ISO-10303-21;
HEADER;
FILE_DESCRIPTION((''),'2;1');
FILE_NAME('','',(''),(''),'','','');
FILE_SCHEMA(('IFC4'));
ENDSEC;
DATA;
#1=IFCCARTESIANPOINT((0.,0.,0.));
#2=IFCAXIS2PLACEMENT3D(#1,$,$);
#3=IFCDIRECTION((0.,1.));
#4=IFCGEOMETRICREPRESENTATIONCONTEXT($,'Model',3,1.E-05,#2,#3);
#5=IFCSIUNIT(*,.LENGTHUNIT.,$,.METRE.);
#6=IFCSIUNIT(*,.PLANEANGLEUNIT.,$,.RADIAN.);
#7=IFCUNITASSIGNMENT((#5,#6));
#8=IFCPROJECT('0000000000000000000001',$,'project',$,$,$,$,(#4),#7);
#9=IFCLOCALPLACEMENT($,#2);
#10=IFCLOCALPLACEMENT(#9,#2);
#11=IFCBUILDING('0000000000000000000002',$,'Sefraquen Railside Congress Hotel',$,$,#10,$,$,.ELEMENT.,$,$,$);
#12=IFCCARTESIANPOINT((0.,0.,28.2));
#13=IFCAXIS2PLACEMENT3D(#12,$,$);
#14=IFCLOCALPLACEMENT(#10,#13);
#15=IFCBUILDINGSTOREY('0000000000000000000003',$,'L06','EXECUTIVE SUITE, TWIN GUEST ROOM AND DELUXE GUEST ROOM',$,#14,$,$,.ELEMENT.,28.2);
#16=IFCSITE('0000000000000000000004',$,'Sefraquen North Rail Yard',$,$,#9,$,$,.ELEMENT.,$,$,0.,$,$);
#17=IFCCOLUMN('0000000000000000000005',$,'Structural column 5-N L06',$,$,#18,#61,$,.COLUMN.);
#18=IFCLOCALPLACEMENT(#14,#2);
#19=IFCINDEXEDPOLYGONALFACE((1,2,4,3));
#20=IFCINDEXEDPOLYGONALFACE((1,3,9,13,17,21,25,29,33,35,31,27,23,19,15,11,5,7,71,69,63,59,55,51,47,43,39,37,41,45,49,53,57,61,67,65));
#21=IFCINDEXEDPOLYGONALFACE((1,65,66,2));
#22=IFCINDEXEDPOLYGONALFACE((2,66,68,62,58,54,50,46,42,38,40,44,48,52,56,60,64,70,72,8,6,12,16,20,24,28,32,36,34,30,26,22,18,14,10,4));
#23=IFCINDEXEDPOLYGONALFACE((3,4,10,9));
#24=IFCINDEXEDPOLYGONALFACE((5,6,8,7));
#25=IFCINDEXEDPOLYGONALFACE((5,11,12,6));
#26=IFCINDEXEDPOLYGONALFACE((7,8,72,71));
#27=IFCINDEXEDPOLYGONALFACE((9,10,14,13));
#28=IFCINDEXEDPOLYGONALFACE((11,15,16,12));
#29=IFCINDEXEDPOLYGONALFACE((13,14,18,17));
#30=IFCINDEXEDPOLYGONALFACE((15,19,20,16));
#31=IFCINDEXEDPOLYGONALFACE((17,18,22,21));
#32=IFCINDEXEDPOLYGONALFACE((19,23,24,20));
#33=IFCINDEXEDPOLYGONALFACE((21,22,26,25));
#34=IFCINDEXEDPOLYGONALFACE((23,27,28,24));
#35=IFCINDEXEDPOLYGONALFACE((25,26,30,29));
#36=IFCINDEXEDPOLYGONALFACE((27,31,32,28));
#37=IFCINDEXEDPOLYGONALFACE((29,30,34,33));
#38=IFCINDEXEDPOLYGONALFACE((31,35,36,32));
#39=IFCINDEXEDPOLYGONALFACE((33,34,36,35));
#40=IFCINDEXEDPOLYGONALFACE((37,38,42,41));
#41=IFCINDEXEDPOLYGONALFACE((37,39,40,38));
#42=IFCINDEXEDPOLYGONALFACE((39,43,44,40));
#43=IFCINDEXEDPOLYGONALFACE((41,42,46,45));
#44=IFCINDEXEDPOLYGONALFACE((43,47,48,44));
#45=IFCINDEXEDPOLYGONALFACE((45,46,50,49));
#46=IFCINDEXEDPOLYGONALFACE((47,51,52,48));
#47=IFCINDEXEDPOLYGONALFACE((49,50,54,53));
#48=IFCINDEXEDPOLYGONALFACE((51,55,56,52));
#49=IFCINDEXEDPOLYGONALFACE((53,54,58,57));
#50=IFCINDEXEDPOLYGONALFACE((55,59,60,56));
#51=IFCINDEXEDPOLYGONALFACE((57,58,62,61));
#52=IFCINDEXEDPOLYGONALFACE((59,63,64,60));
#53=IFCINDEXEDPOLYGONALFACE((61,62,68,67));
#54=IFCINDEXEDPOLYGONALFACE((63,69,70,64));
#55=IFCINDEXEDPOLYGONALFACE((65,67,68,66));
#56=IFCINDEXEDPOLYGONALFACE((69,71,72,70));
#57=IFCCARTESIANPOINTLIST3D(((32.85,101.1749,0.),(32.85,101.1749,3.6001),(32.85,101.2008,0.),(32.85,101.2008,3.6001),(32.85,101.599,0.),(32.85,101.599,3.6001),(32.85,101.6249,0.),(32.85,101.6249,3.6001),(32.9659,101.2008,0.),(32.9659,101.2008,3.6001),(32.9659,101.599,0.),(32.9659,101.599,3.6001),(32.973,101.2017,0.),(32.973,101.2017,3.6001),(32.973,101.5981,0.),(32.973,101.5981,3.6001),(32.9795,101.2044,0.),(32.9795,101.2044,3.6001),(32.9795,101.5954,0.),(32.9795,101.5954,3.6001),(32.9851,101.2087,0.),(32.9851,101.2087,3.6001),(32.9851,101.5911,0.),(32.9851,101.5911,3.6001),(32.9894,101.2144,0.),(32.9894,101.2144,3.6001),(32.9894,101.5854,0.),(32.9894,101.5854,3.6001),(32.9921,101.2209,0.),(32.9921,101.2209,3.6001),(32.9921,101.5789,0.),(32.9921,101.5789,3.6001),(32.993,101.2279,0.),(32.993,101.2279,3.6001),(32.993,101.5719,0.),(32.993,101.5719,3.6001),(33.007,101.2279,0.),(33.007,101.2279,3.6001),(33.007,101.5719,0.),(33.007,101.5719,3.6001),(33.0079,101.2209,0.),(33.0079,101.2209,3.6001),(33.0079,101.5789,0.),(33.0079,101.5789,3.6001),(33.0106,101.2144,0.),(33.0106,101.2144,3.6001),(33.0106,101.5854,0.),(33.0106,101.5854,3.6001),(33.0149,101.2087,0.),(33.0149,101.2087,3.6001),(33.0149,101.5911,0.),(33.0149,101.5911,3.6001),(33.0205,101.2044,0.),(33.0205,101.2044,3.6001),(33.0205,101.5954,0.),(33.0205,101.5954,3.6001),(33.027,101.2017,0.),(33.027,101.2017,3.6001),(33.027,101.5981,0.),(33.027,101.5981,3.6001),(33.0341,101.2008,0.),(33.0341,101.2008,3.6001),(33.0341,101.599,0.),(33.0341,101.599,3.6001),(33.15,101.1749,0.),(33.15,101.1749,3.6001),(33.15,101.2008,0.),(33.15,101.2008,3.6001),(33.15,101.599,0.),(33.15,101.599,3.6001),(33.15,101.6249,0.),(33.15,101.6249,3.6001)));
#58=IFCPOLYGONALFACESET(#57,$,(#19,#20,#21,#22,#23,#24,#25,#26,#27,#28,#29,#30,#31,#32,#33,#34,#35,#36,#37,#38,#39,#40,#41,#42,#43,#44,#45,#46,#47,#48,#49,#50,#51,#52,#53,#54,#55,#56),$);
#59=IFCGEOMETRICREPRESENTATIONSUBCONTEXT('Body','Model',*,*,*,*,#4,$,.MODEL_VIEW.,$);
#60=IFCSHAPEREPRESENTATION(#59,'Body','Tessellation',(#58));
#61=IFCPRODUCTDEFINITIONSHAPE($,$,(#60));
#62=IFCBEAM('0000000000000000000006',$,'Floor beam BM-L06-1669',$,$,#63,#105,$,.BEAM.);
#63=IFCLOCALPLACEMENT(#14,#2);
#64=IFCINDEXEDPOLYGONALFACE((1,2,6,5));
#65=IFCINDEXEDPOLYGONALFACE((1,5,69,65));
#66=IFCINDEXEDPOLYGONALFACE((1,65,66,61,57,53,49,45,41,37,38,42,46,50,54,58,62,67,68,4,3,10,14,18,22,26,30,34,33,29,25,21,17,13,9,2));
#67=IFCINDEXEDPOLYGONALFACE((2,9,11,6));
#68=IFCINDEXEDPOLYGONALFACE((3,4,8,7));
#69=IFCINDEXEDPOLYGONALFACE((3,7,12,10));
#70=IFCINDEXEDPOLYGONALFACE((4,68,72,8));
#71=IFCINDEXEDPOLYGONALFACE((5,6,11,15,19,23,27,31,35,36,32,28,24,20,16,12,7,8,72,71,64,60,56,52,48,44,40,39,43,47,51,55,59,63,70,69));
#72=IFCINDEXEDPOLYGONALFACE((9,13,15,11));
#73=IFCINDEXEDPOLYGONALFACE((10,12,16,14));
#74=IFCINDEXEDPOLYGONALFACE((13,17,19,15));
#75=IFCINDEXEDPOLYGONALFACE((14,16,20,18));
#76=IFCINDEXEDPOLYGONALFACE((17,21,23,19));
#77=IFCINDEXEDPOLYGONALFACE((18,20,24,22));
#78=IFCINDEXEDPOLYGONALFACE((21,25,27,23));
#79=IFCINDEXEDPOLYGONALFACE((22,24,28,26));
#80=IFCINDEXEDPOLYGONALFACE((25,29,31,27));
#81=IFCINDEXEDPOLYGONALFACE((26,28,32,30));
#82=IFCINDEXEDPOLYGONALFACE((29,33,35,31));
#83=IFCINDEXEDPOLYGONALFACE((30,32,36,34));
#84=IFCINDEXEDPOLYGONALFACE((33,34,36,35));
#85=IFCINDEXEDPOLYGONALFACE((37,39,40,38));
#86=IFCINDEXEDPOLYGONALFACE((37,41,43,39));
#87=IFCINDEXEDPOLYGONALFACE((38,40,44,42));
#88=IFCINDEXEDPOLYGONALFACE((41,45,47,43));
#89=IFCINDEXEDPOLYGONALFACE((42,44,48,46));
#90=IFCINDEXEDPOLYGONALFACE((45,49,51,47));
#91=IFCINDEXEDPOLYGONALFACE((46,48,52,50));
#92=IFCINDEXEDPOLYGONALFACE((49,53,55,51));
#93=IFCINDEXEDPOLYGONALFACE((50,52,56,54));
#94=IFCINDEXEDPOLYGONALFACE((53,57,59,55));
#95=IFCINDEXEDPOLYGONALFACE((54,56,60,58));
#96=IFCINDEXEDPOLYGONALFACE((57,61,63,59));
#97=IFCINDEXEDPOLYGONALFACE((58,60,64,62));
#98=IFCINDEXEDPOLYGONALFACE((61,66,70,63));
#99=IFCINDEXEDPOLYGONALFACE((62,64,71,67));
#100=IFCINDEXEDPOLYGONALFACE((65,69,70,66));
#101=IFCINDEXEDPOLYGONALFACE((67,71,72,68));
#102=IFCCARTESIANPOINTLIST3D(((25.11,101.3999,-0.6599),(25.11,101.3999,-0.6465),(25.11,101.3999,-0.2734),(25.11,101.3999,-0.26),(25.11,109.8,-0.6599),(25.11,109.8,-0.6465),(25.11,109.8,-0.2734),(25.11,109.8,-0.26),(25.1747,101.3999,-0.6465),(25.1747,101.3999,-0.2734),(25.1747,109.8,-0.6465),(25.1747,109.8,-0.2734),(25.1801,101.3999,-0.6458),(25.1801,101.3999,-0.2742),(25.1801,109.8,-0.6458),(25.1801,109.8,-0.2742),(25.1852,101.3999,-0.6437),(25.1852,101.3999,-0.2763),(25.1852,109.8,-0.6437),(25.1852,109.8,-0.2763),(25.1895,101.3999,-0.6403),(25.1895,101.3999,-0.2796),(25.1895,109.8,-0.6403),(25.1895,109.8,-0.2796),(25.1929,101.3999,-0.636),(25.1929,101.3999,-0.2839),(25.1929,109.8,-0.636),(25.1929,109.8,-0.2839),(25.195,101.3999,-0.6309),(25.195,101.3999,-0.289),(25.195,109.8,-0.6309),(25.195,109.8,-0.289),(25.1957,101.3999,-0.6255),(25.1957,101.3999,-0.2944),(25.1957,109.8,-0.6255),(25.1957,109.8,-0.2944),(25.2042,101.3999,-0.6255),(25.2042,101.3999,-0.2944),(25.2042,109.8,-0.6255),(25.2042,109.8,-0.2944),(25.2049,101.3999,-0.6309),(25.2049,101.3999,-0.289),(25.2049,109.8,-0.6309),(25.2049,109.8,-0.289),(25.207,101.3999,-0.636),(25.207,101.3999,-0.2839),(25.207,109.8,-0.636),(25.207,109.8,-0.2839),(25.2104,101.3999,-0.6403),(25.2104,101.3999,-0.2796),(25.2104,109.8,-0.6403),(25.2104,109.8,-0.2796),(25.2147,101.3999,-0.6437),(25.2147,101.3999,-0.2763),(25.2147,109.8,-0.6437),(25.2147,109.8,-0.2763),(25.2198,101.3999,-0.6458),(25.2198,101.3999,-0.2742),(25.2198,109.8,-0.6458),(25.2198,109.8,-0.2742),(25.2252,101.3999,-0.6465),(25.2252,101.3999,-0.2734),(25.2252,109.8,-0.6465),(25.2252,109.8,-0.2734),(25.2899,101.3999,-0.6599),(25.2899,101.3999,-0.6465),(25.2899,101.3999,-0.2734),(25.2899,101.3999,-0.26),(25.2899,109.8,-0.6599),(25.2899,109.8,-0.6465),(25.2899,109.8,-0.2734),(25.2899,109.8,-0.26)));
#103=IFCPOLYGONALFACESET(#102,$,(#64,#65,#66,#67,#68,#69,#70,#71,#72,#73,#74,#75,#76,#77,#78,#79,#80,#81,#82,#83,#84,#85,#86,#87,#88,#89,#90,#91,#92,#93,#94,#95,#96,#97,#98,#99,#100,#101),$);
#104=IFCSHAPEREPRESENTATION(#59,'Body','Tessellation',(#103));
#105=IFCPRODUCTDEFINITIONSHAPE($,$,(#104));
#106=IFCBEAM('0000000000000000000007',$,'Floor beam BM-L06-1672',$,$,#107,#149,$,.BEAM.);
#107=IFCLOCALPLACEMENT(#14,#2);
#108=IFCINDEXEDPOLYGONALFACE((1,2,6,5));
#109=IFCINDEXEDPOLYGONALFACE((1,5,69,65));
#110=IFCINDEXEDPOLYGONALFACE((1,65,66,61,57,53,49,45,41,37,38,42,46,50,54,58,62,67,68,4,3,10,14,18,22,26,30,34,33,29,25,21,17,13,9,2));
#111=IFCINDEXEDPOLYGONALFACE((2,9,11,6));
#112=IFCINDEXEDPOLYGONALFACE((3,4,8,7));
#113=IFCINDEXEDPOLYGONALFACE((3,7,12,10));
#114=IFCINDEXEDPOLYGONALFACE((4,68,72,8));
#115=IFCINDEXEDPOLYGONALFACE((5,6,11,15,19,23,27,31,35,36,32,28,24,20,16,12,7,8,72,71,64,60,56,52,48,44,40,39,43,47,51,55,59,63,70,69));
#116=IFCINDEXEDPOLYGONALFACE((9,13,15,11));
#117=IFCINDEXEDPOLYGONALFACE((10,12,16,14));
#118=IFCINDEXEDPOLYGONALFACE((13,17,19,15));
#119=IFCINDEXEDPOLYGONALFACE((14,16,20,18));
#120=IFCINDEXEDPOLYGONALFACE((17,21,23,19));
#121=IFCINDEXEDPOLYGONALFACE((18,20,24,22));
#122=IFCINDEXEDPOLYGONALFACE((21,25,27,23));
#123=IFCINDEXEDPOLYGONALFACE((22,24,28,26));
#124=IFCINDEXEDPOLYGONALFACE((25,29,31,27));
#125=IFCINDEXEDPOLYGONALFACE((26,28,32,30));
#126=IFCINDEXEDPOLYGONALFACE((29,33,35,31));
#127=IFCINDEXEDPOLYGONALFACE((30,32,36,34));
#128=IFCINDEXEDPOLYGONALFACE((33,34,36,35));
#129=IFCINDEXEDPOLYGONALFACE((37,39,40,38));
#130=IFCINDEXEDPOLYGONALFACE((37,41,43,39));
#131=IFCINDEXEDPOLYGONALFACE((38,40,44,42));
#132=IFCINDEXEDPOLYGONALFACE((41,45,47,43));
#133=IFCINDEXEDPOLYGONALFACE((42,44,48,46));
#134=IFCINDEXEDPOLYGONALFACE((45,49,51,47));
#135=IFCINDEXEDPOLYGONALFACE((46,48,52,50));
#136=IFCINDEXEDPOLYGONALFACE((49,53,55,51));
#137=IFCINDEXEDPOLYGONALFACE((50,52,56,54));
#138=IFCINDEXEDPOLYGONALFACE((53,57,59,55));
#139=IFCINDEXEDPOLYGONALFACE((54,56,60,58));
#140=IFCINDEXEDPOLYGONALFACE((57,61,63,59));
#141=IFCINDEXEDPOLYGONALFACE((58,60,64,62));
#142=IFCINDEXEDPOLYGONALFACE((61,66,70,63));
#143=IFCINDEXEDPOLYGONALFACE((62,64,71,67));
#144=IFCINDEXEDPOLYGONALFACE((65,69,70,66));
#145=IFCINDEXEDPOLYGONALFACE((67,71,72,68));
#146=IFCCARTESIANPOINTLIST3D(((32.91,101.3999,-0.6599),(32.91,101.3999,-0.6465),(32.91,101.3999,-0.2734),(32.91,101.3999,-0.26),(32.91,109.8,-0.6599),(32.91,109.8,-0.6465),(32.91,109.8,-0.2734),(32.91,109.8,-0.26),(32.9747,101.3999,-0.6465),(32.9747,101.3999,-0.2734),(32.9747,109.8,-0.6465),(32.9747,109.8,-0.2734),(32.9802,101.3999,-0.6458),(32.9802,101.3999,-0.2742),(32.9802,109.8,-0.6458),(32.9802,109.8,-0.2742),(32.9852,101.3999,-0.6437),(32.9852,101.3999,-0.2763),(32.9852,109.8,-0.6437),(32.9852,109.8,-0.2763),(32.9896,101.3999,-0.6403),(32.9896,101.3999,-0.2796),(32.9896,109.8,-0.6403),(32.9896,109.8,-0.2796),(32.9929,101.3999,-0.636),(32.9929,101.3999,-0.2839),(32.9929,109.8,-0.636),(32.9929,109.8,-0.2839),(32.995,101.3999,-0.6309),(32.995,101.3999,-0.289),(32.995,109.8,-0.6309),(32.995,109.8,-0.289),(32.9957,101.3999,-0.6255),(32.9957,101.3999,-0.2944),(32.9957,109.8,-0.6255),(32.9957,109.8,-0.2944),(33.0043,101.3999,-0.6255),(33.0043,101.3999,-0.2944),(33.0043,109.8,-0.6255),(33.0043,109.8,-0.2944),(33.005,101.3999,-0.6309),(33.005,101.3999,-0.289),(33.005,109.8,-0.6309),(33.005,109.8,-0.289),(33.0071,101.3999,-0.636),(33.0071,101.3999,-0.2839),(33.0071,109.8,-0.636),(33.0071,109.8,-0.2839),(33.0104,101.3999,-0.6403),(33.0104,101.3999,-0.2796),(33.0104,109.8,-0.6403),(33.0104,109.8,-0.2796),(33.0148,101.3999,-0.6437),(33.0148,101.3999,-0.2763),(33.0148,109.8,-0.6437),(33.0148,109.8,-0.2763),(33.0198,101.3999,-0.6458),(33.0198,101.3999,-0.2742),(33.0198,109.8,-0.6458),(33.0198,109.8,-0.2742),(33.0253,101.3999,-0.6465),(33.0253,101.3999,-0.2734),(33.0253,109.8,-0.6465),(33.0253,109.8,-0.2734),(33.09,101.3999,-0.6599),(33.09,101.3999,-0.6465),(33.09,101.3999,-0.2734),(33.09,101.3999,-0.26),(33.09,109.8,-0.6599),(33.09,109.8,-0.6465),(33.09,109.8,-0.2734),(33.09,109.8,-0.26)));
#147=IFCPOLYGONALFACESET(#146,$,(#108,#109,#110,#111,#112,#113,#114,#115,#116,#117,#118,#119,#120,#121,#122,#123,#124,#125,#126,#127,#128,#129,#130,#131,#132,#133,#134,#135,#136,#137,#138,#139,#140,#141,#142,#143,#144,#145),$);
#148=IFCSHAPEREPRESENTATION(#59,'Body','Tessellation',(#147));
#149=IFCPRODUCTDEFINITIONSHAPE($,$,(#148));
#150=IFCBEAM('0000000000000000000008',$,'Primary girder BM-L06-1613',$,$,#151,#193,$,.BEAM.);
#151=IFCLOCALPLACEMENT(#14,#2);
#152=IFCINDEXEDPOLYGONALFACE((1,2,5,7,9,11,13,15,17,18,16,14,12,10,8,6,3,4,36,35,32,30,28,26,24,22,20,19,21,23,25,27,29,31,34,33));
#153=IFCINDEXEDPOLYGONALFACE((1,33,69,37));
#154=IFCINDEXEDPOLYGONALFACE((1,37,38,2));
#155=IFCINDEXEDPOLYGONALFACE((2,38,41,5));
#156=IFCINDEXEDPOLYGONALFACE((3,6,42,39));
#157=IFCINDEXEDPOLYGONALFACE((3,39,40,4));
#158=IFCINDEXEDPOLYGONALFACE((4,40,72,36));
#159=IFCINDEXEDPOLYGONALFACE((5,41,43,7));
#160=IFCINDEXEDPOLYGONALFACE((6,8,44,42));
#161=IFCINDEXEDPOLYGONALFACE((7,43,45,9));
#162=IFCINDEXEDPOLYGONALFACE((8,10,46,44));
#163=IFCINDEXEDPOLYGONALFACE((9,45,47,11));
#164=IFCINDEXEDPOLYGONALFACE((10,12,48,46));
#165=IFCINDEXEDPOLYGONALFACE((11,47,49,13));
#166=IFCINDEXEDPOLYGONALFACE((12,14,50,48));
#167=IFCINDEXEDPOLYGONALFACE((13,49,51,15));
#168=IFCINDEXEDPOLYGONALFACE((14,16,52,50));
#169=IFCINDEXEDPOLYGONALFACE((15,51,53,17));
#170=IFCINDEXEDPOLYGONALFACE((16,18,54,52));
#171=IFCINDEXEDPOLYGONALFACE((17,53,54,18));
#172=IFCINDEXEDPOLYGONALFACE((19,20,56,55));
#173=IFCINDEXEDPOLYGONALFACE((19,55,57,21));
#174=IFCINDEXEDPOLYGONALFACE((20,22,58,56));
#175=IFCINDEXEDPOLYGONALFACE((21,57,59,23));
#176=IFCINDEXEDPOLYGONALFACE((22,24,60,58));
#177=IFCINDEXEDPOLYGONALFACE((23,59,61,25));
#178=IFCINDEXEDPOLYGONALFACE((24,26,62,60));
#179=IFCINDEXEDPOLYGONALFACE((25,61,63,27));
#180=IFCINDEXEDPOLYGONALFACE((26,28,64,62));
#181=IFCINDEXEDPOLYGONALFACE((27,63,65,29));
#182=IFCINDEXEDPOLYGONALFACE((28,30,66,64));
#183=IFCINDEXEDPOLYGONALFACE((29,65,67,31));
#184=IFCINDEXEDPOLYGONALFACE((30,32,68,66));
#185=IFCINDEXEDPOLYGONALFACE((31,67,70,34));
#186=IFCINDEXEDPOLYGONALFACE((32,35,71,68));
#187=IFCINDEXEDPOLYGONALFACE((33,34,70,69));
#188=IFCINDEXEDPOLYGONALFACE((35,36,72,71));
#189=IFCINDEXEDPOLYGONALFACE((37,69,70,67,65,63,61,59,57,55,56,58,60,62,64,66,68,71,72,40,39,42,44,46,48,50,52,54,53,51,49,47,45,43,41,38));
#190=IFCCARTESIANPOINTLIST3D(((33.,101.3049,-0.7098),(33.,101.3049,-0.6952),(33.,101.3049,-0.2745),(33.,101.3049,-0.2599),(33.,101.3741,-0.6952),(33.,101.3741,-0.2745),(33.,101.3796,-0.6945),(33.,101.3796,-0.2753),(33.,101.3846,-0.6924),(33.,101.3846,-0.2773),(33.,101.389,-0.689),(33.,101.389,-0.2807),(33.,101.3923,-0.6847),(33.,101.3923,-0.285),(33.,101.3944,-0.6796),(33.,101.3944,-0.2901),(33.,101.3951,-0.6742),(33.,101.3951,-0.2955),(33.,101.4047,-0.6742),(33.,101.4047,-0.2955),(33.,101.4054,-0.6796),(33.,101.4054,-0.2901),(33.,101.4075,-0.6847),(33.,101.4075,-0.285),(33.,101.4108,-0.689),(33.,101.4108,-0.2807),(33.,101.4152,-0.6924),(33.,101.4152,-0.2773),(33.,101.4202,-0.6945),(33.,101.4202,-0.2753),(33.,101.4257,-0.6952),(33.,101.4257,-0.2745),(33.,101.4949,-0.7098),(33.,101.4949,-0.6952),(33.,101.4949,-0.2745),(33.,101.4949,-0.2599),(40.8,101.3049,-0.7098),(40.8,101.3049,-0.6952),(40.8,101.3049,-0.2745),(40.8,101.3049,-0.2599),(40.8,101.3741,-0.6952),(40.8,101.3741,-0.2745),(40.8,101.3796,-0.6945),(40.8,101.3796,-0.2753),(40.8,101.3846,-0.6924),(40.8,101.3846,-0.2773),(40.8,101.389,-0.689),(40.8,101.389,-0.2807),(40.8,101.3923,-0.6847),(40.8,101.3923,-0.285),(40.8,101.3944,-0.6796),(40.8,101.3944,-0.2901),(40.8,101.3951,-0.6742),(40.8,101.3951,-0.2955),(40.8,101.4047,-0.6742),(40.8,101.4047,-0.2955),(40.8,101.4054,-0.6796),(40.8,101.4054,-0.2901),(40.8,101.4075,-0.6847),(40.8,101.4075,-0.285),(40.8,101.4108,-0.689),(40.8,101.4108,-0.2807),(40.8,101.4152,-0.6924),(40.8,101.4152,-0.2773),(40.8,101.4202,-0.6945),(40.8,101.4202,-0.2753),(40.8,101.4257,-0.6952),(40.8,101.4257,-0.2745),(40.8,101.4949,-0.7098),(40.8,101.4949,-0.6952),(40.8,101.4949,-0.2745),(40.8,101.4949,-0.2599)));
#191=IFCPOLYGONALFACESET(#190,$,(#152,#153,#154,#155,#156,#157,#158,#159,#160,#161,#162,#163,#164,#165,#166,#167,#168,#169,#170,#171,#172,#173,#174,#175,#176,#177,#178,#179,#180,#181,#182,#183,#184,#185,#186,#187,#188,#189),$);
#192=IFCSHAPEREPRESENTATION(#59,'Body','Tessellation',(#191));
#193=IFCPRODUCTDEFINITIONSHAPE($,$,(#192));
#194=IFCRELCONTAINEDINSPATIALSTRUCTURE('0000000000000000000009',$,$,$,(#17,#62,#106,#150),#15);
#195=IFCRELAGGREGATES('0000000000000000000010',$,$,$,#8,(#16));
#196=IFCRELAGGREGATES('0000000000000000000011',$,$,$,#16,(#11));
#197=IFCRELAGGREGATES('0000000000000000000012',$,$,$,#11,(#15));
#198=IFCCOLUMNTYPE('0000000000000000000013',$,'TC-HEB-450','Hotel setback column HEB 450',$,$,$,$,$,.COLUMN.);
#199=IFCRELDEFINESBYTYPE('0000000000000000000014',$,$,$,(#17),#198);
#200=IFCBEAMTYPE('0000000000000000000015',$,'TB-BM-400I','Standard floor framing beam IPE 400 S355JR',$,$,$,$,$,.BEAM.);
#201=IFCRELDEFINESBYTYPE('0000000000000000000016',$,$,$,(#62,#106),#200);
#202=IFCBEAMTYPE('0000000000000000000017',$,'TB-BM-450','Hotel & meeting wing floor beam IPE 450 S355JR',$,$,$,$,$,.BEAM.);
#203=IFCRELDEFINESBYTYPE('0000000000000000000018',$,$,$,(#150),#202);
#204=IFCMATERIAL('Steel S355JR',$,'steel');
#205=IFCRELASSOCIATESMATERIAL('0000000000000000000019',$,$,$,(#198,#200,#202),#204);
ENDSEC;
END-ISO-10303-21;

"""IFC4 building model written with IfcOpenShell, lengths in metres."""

from ifc_helpers import new_model, si_unit, direction, frame, origin, origin_2d, place, context, subcontext, project, spatial, i_section, extrude, material, material_profile, profile_set, type_object, element, save


model = new_model("IFC4")

# Units and contexts
model_context = context("Model", 3, precision=1e-05, world=origin(), true_north=direction((0.0, 1.0)))
body_context = subcontext(model_context, "Body", "Model", "MODEL_VIEW")
ifc_project = project(units=[si_unit("LENGTHUNIT", "METRE"), si_unit("PLANEANGLEUNIT", "RADIAN")], contexts=[model_context])

# Site, building, storey
site_placement = place(None, origin())
site = spatial("IfcSite", under=ifc_project, at=site_placement, Name="Sefraquen North Rail Yard", CompositionType="ELEMENT", RefElevation=0.0)
building_placement = place(site_placement, origin())
building = spatial("IfcBuilding", under=site, at=building_placement, Name="Sefraquen Railside Congress Hotel", CompositionType="ELEMENT")
storey_placement = place(building_placement, frame((0.0, 0.0, 28.2)))
storey = spatial("IfcBuildingStorey", under=building, at=storey_placement, Name="L06", Description="EXECUTIVE SUITE, TWIN GUEST ROOM AND DELUXE GUEST ROOM", CompositionType="ELEMENT", Elevation=28.2)

# Column
ifc_material_1 = material(Name="Steel S355JR", Category="steel")
ifc_material_profile_1 = material_profile(ifc_material_1, i_section(OverallWidth=0.3, OverallDepth=0.45, WebThickness=0.0139, FlangeThickness=0.0259, FilletRadius=0.0271, at=origin_2d()), Name="HEB 450")
ifc_profile_set_1 = profile_set([ifc_material_profile_1], Name="Steel S355JR")
column_type = type_object("IfcColumnType", Name="TC-HEB-450", Description="Hotel setback column HEB 450", PredefinedType="COLUMN", material=ifc_profile_set_1)
column_placement = place(storey_placement, frame((33.0, 101.3999, 0.0), z_axis=(0.0, 0.0, 1.0), x_axis=(1.0, 0.0, 0.0)))
element("IfcColumn", 1, at=column_placement, inside=storey, type_object=column_type, Name="Structural column 5-N L06", PredefinedType="COLUMN", context=body_context, shape_type="SweptSolid", body=[
    extrude(i_section(OverallWidth=0.3, OverallDepth=0.45, WebThickness=0.0139, FlangeThickness=0.0259, FilletRadius=0.0271, at=origin_2d()), origin(), (0.0, 0.0, 1.0), 3.6001),
])

# Beams
ifc_material_profile_2 = material_profile(ifc_material_1, i_section(OverallWidth=0.1799, OverallDepth=0.3999, WebThickness=0.0085, FlangeThickness=0.0134, FilletRadius=0.021, at=origin_2d()), Name="IPE 400")
ifc_profile_set_2 = profile_set([ifc_material_profile_2], Name="Steel S355JR")
beam_type_1 = type_object("IfcBeamType", Name="TB-BM-400I", Description="Standard floor framing beam IPE 400 S355JR", PredefinedType="BEAM", material=ifc_profile_set_2)
for number, where, z_axis, x_axis, name in (
    (2, (25.2, 101.3999, -0.46), (0.0, 1.0, 0.0), (-1.0, 0.0, 0.0), "Floor beam BM-L06-1669"),
    (3, (33.0, 101.3999, -0.46), (0.0, 1.0, 0.0), (-1.0, 0.0, 0.0), "Floor beam BM-L06-1672"),
):
    element("IfcBeam", number, at=place(storey_placement, frame(where, z_axis=z_axis, x_axis=x_axis)), inside=storey, type_object=beam_type_1, Name=name, PredefinedType="BEAM", context=body_context, shape_type="SweptSolid", body=[
        extrude(i_section(OverallWidth=0.1799, OverallDepth=0.3999, WebThickness=0.0085, FlangeThickness=0.0134, FilletRadius=0.021, at=origin_2d()), origin(), (0.0, 0.0, 1.0), 8.4001),
    ])
ifc_material_profile_3 = material_profile(ifc_material_1, i_section(OverallWidth=0.1899, OverallDepth=0.45, WebThickness=0.0095, FlangeThickness=0.0146, FilletRadius=0.021, at=origin_2d()), Name="IPE 450")
ifc_profile_set_3 = profile_set([ifc_material_profile_3], Name="Steel S355JR")
beam_type_2 = type_object("IfcBeamType", Name="TB-BM-450", Description="Hotel & meeting wing floor beam IPE 450 S355JR", PredefinedType="BEAM", material=ifc_profile_set_3)
beam_placement = place(storey_placement, frame((33.0, 101.3999, -0.4849), z_axis=(1.0, 0.0, 0.0), x_axis=(0.0, 1.0, 0.0)))
element("IfcBeam", 4, at=beam_placement, inside=storey, type_object=beam_type_2, Name="Primary girder BM-L06-1613", PredefinedType="BEAM", context=body_context, shape_type="SweptSolid", body=[
    extrude(i_section(OverallWidth=0.1899, OverallDepth=0.45, WebThickness=0.0095, FlangeThickness=0.0146, FilletRadius=0.021, at=origin_2d()), origin(), (0.0, 0.0, 1.0), 7.8),
])

save(model, "model.ifc")
